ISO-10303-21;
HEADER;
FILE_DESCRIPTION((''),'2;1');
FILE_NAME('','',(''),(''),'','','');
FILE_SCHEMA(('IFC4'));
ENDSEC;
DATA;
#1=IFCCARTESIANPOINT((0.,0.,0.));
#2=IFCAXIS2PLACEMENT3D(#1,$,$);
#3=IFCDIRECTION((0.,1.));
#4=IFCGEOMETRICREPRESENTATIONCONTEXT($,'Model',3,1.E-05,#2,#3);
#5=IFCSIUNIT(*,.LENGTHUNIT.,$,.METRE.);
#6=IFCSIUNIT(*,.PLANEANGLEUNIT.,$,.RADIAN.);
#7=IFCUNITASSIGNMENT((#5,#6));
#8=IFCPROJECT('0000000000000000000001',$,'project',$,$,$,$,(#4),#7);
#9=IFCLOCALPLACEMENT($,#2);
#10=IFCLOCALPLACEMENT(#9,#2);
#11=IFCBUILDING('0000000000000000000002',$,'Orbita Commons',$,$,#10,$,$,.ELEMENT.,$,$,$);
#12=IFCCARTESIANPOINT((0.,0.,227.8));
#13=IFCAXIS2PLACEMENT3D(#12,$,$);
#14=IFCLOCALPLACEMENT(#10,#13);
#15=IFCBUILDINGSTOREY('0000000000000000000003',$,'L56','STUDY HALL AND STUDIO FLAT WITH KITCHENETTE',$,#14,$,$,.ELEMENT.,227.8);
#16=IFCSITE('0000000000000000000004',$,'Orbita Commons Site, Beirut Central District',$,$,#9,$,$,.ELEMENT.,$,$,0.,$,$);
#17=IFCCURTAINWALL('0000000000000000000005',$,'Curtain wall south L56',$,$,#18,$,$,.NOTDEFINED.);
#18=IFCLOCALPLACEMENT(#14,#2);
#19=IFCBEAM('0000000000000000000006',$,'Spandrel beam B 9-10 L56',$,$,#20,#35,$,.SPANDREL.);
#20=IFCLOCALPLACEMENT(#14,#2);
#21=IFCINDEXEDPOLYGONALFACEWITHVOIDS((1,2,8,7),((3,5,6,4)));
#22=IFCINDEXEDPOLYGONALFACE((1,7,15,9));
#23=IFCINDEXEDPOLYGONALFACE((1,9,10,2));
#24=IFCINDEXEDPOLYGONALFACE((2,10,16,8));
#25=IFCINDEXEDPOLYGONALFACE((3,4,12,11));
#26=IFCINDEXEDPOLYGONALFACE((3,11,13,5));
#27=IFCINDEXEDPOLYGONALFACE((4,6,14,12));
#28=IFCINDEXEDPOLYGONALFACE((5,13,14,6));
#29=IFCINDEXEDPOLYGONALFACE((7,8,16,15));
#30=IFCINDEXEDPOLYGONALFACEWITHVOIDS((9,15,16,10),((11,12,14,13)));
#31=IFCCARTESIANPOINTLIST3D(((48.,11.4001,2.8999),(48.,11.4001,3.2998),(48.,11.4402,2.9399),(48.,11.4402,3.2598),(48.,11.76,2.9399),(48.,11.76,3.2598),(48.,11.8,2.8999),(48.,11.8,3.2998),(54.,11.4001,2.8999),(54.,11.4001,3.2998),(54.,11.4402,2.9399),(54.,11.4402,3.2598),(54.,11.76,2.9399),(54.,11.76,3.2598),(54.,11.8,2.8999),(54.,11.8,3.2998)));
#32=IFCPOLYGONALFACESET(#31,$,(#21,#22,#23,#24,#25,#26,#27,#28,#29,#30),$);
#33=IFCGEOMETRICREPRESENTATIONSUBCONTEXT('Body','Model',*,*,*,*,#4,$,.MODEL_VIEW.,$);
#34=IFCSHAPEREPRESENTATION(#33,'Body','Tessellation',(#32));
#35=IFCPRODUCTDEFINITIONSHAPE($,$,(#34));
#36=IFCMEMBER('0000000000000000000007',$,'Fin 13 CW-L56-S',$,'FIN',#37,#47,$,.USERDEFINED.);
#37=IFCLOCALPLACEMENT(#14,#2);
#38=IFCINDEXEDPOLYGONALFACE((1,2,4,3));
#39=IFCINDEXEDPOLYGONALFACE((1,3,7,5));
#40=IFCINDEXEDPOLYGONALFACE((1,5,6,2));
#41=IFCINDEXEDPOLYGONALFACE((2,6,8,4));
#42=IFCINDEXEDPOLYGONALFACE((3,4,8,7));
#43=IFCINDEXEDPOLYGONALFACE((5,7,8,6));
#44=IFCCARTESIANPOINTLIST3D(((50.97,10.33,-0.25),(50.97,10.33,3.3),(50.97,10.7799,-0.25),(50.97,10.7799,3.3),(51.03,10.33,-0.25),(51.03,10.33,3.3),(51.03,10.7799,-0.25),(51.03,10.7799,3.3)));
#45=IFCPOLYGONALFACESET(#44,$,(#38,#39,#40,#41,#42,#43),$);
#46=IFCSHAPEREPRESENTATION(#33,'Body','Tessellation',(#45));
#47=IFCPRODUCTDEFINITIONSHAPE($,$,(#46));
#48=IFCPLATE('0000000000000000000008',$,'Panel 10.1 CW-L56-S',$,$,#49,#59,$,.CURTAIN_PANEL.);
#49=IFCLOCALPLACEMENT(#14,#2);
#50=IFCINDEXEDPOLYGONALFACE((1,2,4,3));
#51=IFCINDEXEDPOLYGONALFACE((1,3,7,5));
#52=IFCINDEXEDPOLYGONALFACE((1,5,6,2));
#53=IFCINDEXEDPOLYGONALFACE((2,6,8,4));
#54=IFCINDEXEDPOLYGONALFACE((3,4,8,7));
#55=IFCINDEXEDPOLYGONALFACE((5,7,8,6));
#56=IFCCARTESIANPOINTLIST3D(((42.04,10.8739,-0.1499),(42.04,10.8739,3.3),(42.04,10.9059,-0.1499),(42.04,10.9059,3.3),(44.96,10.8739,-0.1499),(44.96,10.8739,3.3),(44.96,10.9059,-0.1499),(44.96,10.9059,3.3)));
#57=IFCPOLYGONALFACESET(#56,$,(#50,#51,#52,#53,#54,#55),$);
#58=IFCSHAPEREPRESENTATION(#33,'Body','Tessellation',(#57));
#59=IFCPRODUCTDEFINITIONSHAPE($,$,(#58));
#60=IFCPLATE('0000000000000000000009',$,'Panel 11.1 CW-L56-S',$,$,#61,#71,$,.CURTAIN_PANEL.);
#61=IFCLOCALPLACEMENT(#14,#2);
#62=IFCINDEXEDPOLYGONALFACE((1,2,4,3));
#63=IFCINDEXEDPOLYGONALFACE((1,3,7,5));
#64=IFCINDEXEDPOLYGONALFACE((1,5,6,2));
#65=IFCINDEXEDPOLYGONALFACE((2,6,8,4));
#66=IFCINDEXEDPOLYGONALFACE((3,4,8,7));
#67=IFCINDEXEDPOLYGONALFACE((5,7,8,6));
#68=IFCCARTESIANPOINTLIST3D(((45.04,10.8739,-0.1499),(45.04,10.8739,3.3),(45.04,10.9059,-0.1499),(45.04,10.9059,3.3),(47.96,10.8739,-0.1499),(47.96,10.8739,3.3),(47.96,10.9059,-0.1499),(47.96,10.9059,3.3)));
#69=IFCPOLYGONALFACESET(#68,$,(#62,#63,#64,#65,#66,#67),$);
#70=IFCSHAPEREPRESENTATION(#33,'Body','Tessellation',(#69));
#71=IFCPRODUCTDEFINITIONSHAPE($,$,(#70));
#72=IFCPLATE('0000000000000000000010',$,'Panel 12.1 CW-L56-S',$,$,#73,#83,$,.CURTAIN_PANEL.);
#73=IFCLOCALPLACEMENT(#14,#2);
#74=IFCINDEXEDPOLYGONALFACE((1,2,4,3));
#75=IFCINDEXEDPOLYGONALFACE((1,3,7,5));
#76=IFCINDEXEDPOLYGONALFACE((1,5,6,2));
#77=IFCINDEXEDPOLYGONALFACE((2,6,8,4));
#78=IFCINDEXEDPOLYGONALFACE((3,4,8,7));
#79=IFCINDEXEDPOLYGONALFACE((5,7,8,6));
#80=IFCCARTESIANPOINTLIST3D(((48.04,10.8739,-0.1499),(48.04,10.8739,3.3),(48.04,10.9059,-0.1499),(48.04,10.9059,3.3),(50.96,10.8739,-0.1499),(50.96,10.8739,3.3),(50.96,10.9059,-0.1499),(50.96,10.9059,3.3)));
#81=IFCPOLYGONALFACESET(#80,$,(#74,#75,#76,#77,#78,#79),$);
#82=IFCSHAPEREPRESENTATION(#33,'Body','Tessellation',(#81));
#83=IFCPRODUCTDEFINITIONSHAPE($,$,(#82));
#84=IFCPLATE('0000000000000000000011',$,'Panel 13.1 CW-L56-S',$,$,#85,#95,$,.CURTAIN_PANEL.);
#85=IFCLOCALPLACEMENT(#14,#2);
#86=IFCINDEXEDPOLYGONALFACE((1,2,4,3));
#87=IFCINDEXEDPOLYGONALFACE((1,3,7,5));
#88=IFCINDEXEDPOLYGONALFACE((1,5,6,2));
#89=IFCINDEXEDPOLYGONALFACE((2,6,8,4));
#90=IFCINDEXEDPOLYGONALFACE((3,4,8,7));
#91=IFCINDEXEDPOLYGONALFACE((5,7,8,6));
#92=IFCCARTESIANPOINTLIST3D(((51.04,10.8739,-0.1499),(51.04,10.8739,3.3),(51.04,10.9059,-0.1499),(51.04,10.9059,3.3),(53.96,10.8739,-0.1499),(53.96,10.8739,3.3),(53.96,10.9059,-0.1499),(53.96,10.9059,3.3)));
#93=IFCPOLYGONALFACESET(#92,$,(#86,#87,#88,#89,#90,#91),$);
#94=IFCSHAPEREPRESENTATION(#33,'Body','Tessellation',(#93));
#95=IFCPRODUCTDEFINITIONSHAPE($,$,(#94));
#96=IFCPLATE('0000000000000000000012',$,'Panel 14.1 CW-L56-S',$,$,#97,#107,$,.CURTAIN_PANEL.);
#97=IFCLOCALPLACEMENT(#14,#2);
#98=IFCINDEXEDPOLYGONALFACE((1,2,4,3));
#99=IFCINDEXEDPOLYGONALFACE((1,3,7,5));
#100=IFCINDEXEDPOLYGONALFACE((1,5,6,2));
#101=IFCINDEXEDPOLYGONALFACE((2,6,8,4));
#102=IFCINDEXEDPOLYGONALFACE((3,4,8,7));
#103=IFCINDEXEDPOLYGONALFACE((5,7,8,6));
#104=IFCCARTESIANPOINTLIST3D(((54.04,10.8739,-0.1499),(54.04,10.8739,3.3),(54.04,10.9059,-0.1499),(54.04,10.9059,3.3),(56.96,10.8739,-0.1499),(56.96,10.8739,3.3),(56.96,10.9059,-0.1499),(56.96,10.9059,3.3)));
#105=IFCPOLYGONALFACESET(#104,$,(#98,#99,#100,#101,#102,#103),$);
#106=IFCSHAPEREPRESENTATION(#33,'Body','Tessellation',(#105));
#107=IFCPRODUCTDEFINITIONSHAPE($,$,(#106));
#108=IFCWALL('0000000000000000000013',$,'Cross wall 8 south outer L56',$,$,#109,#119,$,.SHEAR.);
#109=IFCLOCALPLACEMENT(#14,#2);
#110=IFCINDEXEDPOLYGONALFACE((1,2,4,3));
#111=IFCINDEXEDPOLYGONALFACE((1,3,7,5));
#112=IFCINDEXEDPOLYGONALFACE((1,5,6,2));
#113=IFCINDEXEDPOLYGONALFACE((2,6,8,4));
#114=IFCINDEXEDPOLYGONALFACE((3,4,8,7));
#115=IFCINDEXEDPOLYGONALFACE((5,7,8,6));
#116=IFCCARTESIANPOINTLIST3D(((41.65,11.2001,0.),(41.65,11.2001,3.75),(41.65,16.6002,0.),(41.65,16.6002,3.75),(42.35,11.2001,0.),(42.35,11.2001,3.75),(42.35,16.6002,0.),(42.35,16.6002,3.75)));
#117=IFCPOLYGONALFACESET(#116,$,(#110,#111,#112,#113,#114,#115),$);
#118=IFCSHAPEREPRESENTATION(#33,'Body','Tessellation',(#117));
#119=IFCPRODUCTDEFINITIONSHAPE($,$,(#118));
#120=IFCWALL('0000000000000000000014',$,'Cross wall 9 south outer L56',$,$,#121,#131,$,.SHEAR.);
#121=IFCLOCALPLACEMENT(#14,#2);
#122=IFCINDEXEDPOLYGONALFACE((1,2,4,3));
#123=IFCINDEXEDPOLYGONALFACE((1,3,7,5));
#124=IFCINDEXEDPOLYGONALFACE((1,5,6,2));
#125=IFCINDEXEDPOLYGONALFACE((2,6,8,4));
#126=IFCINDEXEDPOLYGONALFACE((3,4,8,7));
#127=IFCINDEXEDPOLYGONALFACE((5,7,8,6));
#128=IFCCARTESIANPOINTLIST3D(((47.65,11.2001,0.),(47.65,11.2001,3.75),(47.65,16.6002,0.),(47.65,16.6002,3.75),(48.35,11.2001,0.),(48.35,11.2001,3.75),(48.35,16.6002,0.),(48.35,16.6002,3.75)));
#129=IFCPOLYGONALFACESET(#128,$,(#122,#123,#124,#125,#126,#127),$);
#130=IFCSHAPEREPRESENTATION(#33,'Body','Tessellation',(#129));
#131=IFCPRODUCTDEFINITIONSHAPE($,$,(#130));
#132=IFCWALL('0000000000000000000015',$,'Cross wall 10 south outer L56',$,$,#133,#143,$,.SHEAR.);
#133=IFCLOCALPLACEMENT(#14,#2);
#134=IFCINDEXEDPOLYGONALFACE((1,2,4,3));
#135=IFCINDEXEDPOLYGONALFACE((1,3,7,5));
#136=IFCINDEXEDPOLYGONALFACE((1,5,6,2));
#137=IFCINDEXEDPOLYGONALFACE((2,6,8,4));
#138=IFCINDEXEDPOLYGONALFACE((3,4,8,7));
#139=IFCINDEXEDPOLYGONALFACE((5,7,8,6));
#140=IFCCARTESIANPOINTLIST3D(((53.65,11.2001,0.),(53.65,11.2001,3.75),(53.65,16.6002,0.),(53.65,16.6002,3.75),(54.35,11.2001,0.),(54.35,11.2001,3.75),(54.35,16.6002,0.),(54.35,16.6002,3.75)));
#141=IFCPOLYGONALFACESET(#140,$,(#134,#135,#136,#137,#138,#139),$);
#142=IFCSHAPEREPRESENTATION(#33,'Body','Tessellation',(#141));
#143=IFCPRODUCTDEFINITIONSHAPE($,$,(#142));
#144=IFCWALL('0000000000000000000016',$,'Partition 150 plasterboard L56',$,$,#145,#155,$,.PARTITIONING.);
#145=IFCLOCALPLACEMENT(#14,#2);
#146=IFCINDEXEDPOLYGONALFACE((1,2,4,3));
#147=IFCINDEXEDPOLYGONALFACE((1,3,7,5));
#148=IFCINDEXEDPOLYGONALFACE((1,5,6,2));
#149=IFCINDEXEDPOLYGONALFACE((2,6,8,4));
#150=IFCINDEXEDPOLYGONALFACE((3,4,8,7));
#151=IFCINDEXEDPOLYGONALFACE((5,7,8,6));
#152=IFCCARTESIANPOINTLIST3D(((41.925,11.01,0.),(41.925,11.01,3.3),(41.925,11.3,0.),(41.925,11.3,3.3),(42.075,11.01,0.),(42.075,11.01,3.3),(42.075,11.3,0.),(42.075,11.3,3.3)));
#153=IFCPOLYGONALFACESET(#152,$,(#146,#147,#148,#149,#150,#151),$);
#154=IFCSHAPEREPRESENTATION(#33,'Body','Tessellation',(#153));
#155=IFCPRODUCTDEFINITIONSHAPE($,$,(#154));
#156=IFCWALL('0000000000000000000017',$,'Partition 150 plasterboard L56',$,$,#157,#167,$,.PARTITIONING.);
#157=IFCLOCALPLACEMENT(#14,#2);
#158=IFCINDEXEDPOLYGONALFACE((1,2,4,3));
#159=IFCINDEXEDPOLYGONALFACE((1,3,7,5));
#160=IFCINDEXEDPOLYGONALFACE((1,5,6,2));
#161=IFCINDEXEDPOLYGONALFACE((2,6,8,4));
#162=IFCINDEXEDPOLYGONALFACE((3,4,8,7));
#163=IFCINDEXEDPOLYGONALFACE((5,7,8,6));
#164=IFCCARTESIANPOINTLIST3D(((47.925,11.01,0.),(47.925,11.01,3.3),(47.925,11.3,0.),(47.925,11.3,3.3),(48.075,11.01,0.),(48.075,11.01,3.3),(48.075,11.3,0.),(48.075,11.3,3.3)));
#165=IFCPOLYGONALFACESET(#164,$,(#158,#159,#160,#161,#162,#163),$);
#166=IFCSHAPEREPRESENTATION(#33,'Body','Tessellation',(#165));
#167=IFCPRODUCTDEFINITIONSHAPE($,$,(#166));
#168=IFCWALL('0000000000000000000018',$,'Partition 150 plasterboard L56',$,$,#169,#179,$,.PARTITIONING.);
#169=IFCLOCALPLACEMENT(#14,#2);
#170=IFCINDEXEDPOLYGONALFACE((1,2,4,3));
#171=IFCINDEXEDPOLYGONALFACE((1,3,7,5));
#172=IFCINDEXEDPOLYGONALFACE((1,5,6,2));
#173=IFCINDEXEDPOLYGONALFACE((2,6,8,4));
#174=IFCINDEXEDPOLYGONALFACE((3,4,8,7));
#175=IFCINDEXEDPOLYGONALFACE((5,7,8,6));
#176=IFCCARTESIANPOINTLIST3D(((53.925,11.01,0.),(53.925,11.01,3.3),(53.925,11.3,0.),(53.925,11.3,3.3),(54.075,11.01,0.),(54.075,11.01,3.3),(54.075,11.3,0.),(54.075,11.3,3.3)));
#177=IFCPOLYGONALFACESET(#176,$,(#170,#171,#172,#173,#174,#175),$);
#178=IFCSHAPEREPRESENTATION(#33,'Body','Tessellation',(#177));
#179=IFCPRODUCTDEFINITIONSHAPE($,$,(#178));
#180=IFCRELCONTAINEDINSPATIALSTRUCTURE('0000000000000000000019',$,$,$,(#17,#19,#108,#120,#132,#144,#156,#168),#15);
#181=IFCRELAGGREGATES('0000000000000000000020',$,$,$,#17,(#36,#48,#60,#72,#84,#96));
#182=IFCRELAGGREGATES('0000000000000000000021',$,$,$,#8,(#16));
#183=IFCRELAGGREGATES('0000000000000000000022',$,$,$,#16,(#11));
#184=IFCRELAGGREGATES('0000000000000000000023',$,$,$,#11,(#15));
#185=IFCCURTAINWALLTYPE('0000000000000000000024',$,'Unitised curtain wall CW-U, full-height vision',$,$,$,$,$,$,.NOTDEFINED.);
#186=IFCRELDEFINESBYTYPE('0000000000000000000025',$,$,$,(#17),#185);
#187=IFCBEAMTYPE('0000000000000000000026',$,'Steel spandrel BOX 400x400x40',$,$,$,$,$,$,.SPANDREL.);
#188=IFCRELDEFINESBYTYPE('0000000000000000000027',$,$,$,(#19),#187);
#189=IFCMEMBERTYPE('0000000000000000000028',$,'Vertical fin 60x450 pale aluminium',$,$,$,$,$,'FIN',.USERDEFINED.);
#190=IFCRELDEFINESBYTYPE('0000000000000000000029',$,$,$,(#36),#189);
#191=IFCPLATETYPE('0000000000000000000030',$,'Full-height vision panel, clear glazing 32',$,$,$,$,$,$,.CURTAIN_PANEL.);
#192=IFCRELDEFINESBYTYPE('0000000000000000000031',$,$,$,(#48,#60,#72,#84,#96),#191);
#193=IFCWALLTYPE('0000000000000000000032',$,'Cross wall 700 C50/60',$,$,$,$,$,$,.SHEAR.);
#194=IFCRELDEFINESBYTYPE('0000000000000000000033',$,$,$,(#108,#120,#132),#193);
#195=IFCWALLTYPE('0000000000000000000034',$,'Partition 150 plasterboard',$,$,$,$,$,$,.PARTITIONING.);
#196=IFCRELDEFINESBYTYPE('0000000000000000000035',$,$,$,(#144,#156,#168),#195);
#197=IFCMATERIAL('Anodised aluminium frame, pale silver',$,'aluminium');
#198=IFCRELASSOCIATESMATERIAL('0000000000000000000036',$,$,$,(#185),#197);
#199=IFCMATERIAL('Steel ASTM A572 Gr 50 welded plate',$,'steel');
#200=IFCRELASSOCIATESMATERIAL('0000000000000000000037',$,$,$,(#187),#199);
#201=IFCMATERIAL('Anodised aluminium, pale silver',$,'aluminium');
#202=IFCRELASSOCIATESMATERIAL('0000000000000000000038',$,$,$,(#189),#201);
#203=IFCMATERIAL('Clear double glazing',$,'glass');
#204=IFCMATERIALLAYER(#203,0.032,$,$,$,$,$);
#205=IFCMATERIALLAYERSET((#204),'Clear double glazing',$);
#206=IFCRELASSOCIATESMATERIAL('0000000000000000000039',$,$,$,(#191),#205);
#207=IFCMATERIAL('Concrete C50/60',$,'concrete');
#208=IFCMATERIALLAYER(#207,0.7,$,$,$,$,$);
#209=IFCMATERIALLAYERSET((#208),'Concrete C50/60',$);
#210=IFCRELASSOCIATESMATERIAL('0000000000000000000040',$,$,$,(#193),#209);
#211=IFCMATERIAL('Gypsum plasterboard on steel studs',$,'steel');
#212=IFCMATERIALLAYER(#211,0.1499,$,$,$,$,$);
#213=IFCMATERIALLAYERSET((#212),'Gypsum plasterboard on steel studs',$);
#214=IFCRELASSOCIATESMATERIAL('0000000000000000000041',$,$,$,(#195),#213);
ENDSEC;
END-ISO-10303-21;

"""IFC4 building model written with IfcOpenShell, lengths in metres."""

from ifc_helpers import new_model, si_unit, direction, frame, frame_2d, origin, origin_2d, place, context, subcontext, project, spatial, rectangle, hollow_rectangle, extrude, material, layer, layer_set, material_profile, profile_set, type_object, element, aggregate, save


model = new_model("IFC4")

# Units and contexts
model_context = context("Model", 3, precision=1e-05, world=origin(), true_north=direction((0.0, 1.0)))
body_context = subcontext(model_context, "Body", "Model", "MODEL_VIEW")
ifc_project = project(units=[si_unit("LENGTHUNIT", "METRE"), si_unit("PLANEANGLEUNIT", "RADIAN")], contexts=[model_context])

# Site, building, storey
site_placement = place(None, origin())
site = spatial("IfcSite", under=ifc_project, at=site_placement, Name="Orbita Commons Site, Beirut Central District", CompositionType="ELEMENT", RefElevation=0.0)
building_placement = place(site_placement, origin())
building = spatial("IfcBuilding", under=site, at=building_placement, Name="Orbita Commons", CompositionType="ELEMENT")
storey_placement = place(building_placement, frame((0.0, 0.0, 227.8)))
storey = spatial("IfcBuildingStorey", under=building, at=storey_placement, Name="L56", Description="STUDY HALL AND STUDIO FLAT WITH KITCHENETTE", CompositionType="ELEMENT", Elevation=227.8)

# Curtain wall
ifc_material_1 = material(Name="Anodised aluminium frame, pale silver", Category="aluminium")
curtain_wall_type = type_object("IfcCurtainWallType", Name="Unitised curtain wall CW-U, full-height vision", PredefinedType="NOTDEFINED", material=ifc_material_1)
curtain_wall_placement = place(storey_placement, origin())
curtain_wall = element("IfcCurtainWall", 1, at=curtain_wall_placement, inside=storey, type_object=curtain_wall_type, Name="Curtain wall south L56", PredefinedType="NOTDEFINED")

# Beam
ifc_material_2 = material(Name="Steel ASTM A572 Gr 50 welded plate", Category="steel")
ifc_material_profile_1 = material_profile(ifc_material_2, hollow_rectangle(XDim=0.3999, YDim=0.3999, WallThickness=0.04, at=origin_2d()), Name="BOX 400x400x40")
ifc_profile_set_1 = profile_set([ifc_material_profile_1], Name="Steel ASTM A572 Gr 50 welded plate")
beam_type = type_object("IfcBeamType", Name="Steel spandrel BOX 400x400x40", PredefinedType="SPANDREL", material=ifc_profile_set_1)
for number, where, z_axis, x_axis, name in (
    (2, (48.0, 11.6001, 3.0999), (1.0, 0.0, 0.0), (0.0, 1.0, 0.0), "Spandrel beam B 9-10 L56"),
):
    element("IfcBeam", number, at=place(storey_placement, frame(where, z_axis=z_axis, x_axis=x_axis)), inside=storey, type_object=beam_type, Name=name, PredefinedType="SPANDREL", context=body_context, shape_type="SweptSolid", body=[
        extrude(hollow_rectangle(XDim=0.3999, YDim=0.3999, WallThickness=0.04, at=origin_2d()), origin(), (0.0, 0.0, 1.0), 6.0),
    ])

# Member
ifc_material_3 = material(Name="Anodised aluminium, pale silver", Category="aluminium")
ifc_material_profile_2 = material_profile(ifc_material_3, rectangle(XDim=0.0601, YDim=0.45, at=origin_2d()), Name="FIN 60x450")
ifc_profile_set_2 = profile_set([ifc_material_profile_2], Name="Anodised aluminium, pale silver")
member_type_1 = type_object("IfcMemberType", Name="Vertical fin 60x450 pale aluminium", ElementType="FIN", PredefinedType="USERDEFINED", material=ifc_profile_set_2)
member_1_placement = place(storey_placement, frame((51.0, 10.5549, -0.25), z_axis=(0.0, 0.0, 1.0), x_axis=(1.0, 0.0, 0.0)))
member_1 = element("IfcMember", 3, at=member_1_placement, type_object=member_type_1, Name="Fin 13 CW-L56-S", ObjectType="FIN", PredefinedType="USERDEFINED", context=body_context, shape_type="SweptSolid", body=[
    extrude(rectangle(XDim=0.0601, YDim=0.45, at=origin_2d()), origin(), (0.0, 0.0, 1.0), 3.55),
])

# Plates
ifc_material_4 = material(Name="Clear double glazing", Category="glass")
ifc_layer_1 = layer(ifc_material_4, 0.032)
ifc_layer_set_1 = layer_set([ifc_layer_1], Name="Clear double glazing")
plate_type = type_object("IfcPlateType", Name="Full-height vision panel, clear glazing 32", PredefinedType="CURTAIN_PANEL", material=ifc_layer_set_1)
plate_1_placement = place(storey_placement, frame((43.5, 10.8899, -0.1499), z_axis=(0.0, 0.0, 1.0), x_axis=(1.0, 0.0, 0.0)))
plate_1 = element("IfcPlate", 4, at=plate_1_placement, type_object=plate_type, Name="Panel 10.1 CW-L56-S", PredefinedType="CURTAIN_PANEL", context=body_context, shape_type="SweptSolid", body=[
    extrude(rectangle(XDim=2.9199, YDim=0.032, at=origin_2d()), origin(), (0.0, 0.0, 1.0), 3.45),
])
plate_2_placement = place(storey_placement, frame((46.5, 10.8899, -0.1499), z_axis=(0.0, 0.0, 1.0), x_axis=(1.0, 0.0, 0.0)))
plate_2 = element("IfcPlate", 5, at=plate_2_placement, type_object=plate_type, Name="Panel 11.1 CW-L56-S", PredefinedType="CURTAIN_PANEL", context=body_context, shape_type="SweptSolid", body=[
    extrude(rectangle(XDim=2.9199, YDim=0.032, at=origin_2d()), origin(), (0.0, 0.0, 1.0), 3.45),
])
plate_3_placement = place(storey_placement, frame((49.5, 10.8899, -0.1499), z_axis=(0.0, 0.0, 1.0), x_axis=(1.0, 0.0, 0.0)))
plate_3 = element("IfcPlate", 6, at=plate_3_placement, type_object=plate_type, Name="Panel 12.1 CW-L56-S", PredefinedType="CURTAIN_PANEL", context=body_context, shape_type="SweptSolid", body=[
    extrude(rectangle(XDim=2.9199, YDim=0.032, at=origin_2d()), origin(), (0.0, 0.0, 1.0), 3.45),
])
plate_4_placement = place(storey_placement, frame((52.5, 10.8899, -0.1499), z_axis=(0.0, 0.0, 1.0), x_axis=(1.0, 0.0, 0.0)))
plate_4 = element("IfcPlate", 7, at=plate_4_placement, type_object=plate_type, Name="Panel 13.1 CW-L56-S", PredefinedType="CURTAIN_PANEL", context=body_context, shape_type="SweptSolid", body=[
    extrude(rectangle(XDim=2.9199, YDim=0.032, at=origin_2d()), origin(), (0.0, 0.0, 1.0), 3.45),
])
plate_5_placement = place(storey_placement, frame((55.5, 10.8899, -0.1499), z_axis=(0.0, 0.0, 1.0), x_axis=(1.0, 0.0, 0.0)))
plate_5 = element("IfcPlate", 8, at=plate_5_placement, type_object=plate_type, Name="Panel 14.1 CW-L56-S", PredefinedType="CURTAIN_PANEL", context=body_context, shape_type="SweptSolid", body=[
    extrude(rectangle(XDim=2.9199, YDim=0.032, at=origin_2d()), origin(), (0.0, 0.0, 1.0), 3.45),
])
aggregate(curtain_wall, [member_1, plate_1, plate_2, plate_3, plate_4, plate_5])

# Walls
ifc_material_5 = material(Name="Concrete C50/60", Category="concrete")
ifc_layer_2 = layer(ifc_material_5, 0.7)
ifc_layer_set_2 = layer_set([ifc_layer_2], Name="Concrete C50/60")
wall_type_1 = type_object("IfcWallType", Name="Cross wall 700 C50/60", PredefinedType="SHEAR", material=ifc_layer_set_2)
for number, where, z_axis, x_axis, name in (
    (9, (42.0, 11.2, 0.0), (0.0, 0.0, 1.0), (0.0, 1.0, 0.0), "Cross wall 8 south outer L56"),
    (10, (48.0, 11.2, 0.0), (0.0, 0.0, 1.0), (0.0, 1.0, 0.0), "Cross wall 9 south outer L56"),
    (11, (54.0, 11.2, 0.0), (0.0, 0.0, 1.0), (0.0, 1.0, 0.0), "Cross wall 10 south outer L56"),
):
    element("IfcWall", number, at=place(storey_placement, frame(where, z_axis=z_axis, x_axis=x_axis)), inside=storey, type_object=wall_type_1, Name=name, PredefinedType="SHEAR", context=body_context, shape_type="SweptSolid", body=[
        extrude(rectangle(XDim=5.4001, YDim=0.7, at=frame_2d((2.7002, 0.0))), origin(), (0.0, 0.0, 1.0), 3.75),
    ])
ifc_material_6 = material(Name="Gypsum plasterboard on steel studs", Category="steel")
ifc_layer_3 = layer(ifc_material_6, 0.1499)
ifc_layer_set_3 = layer_set([ifc_layer_3], Name="Gypsum plasterboard on steel studs")
wall_type_2 = type_object("IfcWallType", Name="Partition 150 plasterboard", PredefinedType="PARTITIONING", material=ifc_layer_set_3)
for number, where, z_axis, x_axis, name in (
    (12, (42.0, 11.3, 0.0), (0.0, 0.0, 1.0), (0.0, -1.0, 0.0), "Partition 150 plasterboard L56"),
    (13, (48.0, 11.3, 0.0), (0.0, 0.0, 1.0), (0.0, -1.0, 0.0), "Partition 150 plasterboard L56"),
    (14, (54.0, 11.3, 0.0), (0.0, 0.0, 1.0), (0.0, -1.0, 0.0), "Partition 150 plasterboard L56"),
):
    element("IfcWall", number, at=place(storey_placement, frame(where, z_axis=z_axis, x_axis=x_axis)), inside=storey, type_object=wall_type_2, Name=name, PredefinedType="PARTITIONING", context=body_context, shape_type="SweptSolid", body=[
        extrude(rectangle(XDim=0.29, YDim=0.1499, at=frame_2d((0.145, 0.0))), origin(), (0.0, 0.0, 1.0), 3.3),
    ])

save(model, "model.ifc")
